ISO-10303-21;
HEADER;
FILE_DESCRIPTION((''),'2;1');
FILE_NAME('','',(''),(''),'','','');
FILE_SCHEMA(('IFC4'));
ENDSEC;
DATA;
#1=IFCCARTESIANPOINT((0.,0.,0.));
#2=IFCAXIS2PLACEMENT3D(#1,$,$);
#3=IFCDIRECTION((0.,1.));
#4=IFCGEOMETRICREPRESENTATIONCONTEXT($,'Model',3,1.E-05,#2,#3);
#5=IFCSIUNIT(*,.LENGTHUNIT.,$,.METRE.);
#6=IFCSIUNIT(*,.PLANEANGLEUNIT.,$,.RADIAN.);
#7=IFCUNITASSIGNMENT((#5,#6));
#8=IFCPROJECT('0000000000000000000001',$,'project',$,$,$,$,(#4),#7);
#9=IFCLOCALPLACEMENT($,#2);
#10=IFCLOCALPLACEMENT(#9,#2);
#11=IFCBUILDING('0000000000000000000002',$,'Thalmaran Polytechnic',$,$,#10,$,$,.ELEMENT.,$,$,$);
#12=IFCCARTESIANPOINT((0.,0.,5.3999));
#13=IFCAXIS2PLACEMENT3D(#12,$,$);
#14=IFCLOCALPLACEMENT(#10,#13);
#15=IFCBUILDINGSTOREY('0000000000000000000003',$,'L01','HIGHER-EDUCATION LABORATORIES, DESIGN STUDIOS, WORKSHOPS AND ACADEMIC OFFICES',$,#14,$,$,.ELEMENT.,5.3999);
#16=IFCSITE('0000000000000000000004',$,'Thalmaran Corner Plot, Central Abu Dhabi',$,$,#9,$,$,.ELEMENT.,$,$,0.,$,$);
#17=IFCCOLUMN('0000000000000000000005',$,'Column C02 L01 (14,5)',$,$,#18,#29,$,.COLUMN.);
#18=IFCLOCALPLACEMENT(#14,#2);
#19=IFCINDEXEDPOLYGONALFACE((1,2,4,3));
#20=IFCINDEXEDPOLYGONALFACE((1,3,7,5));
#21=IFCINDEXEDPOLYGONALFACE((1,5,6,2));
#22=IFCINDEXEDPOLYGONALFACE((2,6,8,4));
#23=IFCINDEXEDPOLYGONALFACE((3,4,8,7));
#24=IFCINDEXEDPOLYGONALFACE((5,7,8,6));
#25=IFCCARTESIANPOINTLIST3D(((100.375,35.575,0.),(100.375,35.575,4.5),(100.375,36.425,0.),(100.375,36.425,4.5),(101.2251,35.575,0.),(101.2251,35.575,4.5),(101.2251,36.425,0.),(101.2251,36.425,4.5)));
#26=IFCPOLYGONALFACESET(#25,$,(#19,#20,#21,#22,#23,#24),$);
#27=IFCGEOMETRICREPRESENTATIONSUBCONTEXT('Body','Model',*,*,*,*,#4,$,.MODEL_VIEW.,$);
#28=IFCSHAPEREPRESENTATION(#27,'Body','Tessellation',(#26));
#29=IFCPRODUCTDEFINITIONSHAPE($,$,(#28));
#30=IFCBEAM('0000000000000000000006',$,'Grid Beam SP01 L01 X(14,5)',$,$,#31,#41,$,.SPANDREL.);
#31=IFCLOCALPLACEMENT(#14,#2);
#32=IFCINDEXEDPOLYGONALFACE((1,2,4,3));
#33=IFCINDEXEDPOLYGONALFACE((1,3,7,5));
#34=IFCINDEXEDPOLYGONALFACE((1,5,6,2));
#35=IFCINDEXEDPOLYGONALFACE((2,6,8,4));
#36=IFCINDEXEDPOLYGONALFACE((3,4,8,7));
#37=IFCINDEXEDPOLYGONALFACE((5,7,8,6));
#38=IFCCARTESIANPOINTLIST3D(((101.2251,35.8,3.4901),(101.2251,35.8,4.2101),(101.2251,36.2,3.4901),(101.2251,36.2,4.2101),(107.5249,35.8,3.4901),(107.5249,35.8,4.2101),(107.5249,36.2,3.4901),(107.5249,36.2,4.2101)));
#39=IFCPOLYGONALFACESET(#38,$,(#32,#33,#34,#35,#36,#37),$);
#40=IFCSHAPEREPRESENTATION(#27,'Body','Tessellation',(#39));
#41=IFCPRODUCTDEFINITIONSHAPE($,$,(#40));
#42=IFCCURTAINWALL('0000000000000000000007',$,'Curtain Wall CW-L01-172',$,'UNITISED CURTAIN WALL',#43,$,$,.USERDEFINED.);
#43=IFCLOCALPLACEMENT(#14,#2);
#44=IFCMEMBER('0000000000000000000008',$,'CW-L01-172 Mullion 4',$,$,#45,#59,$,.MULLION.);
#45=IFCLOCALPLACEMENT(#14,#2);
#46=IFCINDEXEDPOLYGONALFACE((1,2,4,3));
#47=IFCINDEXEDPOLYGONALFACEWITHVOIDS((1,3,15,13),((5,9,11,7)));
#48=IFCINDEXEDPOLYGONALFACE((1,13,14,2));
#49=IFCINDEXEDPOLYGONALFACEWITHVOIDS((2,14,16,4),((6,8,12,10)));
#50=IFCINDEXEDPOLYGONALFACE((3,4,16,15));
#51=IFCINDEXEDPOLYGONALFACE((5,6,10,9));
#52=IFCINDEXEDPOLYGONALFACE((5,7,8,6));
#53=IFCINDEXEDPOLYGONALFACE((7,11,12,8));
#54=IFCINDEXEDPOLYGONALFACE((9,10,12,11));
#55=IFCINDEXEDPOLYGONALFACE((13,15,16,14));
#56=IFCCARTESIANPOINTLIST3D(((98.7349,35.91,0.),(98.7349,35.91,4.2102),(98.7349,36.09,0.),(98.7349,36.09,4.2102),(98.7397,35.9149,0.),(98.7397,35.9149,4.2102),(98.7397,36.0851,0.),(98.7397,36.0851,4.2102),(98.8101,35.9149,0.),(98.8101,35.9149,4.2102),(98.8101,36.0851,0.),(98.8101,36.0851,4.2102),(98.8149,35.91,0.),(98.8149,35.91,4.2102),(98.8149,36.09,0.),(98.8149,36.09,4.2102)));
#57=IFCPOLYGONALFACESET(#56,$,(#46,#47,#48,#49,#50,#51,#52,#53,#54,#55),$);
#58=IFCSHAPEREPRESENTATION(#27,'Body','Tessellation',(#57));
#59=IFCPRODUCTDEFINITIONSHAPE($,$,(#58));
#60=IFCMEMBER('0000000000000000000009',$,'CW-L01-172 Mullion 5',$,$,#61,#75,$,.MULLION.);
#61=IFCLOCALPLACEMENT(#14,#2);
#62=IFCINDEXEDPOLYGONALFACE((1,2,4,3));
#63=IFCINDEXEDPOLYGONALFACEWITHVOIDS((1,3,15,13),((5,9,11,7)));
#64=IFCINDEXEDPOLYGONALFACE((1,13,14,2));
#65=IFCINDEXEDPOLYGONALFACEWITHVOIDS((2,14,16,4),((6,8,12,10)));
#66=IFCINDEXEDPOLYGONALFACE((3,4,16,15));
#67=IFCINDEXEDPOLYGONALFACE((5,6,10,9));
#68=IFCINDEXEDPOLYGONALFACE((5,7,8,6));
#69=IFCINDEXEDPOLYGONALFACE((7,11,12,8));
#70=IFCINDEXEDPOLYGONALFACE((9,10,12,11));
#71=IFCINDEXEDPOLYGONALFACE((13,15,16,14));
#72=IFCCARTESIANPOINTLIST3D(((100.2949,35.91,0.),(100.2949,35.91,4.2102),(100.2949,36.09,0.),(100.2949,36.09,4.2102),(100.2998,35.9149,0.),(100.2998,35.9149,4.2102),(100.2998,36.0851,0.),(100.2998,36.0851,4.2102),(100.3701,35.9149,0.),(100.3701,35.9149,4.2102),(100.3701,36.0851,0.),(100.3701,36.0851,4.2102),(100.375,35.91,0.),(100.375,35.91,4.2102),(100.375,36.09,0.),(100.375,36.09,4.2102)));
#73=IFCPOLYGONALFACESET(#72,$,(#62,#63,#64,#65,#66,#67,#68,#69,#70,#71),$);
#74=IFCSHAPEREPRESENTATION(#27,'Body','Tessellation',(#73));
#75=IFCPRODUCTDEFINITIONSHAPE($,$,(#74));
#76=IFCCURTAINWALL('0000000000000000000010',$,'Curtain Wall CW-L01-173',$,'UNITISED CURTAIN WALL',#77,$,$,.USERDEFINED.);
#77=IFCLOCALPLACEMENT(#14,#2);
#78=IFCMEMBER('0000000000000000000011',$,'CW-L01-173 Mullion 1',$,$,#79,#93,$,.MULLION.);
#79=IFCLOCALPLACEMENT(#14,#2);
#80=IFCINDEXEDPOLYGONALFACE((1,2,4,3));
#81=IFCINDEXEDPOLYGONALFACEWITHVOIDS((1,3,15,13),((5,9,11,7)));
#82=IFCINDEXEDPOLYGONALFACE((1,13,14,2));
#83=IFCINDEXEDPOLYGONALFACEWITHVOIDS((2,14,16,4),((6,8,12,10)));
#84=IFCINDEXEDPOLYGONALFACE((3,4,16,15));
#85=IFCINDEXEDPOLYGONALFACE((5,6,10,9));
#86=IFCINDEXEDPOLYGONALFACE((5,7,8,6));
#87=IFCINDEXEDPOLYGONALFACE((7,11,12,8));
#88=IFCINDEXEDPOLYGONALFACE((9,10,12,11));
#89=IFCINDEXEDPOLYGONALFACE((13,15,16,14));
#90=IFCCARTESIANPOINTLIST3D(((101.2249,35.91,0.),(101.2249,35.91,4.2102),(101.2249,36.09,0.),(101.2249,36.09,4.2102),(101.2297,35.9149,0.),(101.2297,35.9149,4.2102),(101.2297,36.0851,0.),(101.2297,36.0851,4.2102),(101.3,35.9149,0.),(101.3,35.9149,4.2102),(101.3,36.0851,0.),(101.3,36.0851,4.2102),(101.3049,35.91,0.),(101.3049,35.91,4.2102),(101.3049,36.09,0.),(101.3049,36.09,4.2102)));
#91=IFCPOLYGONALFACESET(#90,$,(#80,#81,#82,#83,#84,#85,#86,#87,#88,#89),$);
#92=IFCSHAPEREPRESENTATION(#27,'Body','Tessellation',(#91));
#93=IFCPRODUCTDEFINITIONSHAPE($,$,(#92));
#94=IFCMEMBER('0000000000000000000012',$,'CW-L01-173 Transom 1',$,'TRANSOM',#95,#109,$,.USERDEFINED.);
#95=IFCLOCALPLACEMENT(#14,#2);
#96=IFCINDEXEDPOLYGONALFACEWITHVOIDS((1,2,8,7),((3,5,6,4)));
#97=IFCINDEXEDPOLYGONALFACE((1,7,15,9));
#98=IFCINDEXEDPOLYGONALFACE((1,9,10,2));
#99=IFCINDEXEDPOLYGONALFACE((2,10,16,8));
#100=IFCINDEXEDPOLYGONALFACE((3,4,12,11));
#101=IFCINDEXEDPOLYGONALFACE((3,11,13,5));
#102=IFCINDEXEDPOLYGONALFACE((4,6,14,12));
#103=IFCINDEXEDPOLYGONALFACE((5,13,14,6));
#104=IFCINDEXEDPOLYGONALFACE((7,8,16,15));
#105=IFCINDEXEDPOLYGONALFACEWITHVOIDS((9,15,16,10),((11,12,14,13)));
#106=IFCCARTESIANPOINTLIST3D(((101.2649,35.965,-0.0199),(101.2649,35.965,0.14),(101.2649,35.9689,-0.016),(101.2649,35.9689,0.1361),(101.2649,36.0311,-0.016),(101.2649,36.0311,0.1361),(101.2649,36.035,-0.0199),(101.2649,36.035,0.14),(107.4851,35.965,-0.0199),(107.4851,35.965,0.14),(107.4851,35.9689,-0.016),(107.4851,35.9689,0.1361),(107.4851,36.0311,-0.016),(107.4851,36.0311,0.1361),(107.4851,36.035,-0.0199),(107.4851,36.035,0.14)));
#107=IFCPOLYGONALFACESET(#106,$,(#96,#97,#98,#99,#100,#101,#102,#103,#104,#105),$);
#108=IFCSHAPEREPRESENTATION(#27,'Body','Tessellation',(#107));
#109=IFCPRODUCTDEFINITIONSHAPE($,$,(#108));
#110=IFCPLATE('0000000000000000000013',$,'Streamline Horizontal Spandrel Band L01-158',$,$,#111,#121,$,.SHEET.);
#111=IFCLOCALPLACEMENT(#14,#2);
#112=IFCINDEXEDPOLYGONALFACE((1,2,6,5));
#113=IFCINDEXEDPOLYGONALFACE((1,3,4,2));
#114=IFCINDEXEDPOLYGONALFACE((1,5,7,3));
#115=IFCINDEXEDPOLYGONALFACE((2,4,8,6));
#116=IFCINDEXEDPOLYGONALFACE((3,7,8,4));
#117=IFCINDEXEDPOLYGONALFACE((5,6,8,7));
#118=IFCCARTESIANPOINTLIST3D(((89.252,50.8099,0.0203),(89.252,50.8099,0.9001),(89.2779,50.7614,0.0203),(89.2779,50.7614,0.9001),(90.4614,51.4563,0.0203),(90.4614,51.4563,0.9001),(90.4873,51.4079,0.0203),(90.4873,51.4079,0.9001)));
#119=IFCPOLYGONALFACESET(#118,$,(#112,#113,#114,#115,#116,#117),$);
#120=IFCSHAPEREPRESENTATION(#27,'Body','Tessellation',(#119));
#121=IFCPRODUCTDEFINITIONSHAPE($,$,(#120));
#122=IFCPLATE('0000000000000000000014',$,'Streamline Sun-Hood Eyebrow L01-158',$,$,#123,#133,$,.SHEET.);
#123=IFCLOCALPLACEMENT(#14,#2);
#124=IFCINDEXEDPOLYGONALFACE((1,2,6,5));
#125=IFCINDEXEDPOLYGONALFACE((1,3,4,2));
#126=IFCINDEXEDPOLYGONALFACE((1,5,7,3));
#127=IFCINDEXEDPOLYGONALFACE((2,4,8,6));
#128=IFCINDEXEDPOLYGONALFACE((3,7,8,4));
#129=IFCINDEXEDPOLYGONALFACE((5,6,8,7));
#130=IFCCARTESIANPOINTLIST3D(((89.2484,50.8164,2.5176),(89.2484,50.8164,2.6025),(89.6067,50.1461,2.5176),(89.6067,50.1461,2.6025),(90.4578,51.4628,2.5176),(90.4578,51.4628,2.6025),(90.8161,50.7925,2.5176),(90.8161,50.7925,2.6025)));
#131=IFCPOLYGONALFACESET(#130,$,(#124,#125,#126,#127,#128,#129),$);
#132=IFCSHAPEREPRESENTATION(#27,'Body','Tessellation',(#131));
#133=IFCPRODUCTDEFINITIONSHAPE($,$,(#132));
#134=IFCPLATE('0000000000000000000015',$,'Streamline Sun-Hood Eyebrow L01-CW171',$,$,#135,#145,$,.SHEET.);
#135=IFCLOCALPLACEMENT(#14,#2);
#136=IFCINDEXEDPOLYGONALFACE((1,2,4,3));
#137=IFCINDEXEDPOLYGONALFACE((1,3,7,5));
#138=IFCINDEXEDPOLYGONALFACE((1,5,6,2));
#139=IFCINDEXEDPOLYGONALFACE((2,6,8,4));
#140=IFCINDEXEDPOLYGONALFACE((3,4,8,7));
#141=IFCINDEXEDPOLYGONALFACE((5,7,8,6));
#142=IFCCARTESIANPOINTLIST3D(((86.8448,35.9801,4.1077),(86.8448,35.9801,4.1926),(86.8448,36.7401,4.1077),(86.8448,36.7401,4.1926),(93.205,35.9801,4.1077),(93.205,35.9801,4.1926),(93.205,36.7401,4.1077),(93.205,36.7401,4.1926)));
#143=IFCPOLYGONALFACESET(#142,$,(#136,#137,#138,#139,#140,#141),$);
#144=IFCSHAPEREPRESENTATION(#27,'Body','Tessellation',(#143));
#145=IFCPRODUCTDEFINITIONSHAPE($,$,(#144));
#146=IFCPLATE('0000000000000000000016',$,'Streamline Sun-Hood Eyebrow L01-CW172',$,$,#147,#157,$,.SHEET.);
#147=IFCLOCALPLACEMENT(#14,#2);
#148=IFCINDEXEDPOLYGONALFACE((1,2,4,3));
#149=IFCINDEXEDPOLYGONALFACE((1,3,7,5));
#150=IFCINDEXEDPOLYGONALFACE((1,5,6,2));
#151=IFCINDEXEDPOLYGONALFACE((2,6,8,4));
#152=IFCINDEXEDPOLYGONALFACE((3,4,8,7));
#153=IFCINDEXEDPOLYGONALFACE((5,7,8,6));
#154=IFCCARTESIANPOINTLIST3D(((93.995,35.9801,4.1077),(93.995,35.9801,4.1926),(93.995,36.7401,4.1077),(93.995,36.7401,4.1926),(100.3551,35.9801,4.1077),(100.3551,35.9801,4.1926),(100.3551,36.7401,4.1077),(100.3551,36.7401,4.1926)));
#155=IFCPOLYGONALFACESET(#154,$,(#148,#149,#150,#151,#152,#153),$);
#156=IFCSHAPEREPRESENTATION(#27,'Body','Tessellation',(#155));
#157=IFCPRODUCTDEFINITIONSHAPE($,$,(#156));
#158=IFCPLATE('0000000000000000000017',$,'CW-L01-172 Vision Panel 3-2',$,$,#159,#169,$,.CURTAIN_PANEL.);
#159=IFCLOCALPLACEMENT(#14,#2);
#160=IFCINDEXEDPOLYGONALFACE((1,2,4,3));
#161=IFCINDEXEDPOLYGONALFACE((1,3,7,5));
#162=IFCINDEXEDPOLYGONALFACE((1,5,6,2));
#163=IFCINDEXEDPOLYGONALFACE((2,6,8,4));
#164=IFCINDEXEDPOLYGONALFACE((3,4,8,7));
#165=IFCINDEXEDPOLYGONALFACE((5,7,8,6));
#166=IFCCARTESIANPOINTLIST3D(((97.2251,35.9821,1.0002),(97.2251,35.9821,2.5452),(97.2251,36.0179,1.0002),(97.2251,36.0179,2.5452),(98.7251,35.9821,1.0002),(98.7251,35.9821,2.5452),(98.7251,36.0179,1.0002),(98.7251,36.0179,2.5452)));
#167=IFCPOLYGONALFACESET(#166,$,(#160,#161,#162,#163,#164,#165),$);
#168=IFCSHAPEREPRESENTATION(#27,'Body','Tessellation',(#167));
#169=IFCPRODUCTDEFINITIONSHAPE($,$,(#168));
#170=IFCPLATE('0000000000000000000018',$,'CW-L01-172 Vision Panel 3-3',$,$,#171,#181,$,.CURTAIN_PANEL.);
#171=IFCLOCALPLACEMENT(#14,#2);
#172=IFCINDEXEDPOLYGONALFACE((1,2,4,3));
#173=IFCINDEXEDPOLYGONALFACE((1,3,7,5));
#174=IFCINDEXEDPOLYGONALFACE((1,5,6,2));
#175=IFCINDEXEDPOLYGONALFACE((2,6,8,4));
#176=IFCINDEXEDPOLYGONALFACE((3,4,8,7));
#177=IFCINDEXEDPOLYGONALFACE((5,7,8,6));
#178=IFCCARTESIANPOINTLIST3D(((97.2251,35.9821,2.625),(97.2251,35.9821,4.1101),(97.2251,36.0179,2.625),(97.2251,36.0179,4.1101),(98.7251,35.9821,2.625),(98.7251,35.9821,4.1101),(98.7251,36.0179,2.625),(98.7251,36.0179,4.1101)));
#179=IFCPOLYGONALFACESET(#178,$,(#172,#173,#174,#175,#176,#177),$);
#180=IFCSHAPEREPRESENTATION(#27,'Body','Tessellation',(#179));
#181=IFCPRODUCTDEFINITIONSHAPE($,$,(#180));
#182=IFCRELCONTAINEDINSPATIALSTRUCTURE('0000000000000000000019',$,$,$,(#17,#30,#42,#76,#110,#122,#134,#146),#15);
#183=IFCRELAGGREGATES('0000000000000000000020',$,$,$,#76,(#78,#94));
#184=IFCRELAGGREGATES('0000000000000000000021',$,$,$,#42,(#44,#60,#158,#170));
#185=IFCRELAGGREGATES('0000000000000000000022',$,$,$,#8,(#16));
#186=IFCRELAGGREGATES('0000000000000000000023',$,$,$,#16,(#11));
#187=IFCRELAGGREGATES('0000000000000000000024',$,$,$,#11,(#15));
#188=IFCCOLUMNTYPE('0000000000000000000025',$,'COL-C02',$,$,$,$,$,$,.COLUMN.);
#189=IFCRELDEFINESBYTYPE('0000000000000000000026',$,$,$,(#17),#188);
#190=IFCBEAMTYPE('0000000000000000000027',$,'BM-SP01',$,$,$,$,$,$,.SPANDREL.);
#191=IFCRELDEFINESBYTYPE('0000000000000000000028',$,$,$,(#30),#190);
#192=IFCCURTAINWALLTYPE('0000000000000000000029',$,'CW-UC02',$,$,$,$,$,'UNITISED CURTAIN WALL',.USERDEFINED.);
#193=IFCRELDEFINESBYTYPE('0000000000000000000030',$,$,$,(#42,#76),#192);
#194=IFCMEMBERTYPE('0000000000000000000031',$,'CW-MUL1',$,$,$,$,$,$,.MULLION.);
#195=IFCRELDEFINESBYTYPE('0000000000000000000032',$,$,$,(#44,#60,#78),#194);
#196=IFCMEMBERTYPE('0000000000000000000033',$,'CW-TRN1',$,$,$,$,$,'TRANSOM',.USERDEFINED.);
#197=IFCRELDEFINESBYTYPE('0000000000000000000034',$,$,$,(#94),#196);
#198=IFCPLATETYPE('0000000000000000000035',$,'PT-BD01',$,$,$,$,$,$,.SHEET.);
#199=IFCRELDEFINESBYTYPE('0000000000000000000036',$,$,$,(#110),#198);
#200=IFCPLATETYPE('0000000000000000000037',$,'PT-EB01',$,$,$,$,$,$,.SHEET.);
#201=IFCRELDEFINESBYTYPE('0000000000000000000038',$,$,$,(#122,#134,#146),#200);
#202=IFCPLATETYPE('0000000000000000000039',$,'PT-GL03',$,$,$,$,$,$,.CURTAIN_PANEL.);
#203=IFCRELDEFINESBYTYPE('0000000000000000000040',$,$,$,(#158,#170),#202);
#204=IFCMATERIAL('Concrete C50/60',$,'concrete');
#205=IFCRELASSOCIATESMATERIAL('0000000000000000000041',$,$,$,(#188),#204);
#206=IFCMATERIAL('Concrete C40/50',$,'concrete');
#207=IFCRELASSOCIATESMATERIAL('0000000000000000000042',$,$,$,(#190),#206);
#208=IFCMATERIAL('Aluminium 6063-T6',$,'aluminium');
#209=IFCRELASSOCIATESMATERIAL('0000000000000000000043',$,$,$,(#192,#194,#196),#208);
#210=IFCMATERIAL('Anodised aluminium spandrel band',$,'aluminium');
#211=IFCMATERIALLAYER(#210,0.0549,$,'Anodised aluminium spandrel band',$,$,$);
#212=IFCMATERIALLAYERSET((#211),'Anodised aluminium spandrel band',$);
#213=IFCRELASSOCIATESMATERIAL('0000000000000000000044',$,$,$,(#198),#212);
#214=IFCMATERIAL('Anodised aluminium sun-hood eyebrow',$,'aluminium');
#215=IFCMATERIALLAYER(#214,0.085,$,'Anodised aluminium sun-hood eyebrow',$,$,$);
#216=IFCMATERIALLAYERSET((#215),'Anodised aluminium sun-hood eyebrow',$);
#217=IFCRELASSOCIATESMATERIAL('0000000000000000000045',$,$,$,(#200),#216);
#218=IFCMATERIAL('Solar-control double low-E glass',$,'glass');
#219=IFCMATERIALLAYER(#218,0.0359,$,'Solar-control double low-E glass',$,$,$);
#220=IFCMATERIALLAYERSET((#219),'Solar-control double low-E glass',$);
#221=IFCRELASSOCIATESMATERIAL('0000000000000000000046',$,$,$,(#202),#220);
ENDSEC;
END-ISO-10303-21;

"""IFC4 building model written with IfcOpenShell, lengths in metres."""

from ifc_helpers import new_model, si_unit, direction, frame, origin, origin_2d, place, context, subcontext, project, spatial, rectangle, hollow_rectangle, extrude, material, layer, layer_set, material_profile, profile_set, type_object, element, aggregate, save


model = new_model("IFC4")

# Units and contexts
model_context = context("Model", 3, precision=1e-05, world=origin(), true_north=direction((0.0, 1.0)))
body_context = subcontext(model_context, "Body", "Model", "MODEL_VIEW")
ifc_project = project(units=[si_unit("LENGTHUNIT", "METRE"), si_unit("PLANEANGLEUNIT", "RADIAN")], contexts=[model_context])

# Site, building, storey
site_placement = place(None, origin())
site = spatial("IfcSite", under=ifc_project, at=site_placement, Name="Thalmaran Corner Plot, Central Abu Dhabi", CompositionType="ELEMENT", RefElevation=0.0)
building_placement = place(site_placement, origin())
building = spatial("IfcBuilding", under=site, at=building_placement, Name="Thalmaran Polytechnic", CompositionType="ELEMENT")
storey_placement = place(building_placement, frame((0.0, 0.0, 5.3999)))
storey = spatial("IfcBuildingStorey", under=building, at=storey_placement, Name="L01", Description="HIGHER-EDUCATION LABORATORIES, DESIGN STUDIOS, WORKSHOPS AND ACADEMIC OFFICES", CompositionType="ELEMENT", Elevation=5.3999)

# Column
ifc_material_1 = material(Name="Concrete C50/60", Category="concrete")
ifc_material_profile_1 = material_profile(ifc_material_1, rectangle(XDim=0.8501, YDim=0.8501, at=origin_2d()), Name="RC 850x850")
ifc_profile_set_1 = profile_set([ifc_material_profile_1], Name="Concrete C50/60")
column_type = type_object("IfcColumnType", Name="COL-C02", PredefinedType="COLUMN", material=ifc_profile_set_1)
column_placement = place(storey_placement, frame((100.8, 36.0, 0.0), z_axis=(0.0, 0.0, 1.0), x_axis=(1.0, 0.0, 0.0)))
element("IfcColumn", 1, at=column_placement, inside=storey, type_object=column_type, Name="Column C02 L01 (14,5)", PredefinedType="COLUMN", context=body_context, shape_type="SweptSolid", body=[
    extrude(rectangle(XDim=0.8501, YDim=0.8501, at=origin_2d()), origin(), (0.0, 0.0, 1.0), 4.5),
])

# Beam
ifc_material_2 = material(Name="Concrete C40/50", Category="concrete")
ifc_material_profile_2 = material_profile(ifc_material_2, rectangle(XDim=0.3999, YDim=0.72, at=origin_2d()), Name="RC 400x720")
ifc_profile_set_2 = profile_set([ifc_material_profile_2], Name="Concrete C40/50")
beam_type = type_object("IfcBeamType", Name="BM-SP01", PredefinedType="SPANDREL", material=ifc_profile_set_2)
beam_placement = place(storey_placement, frame((101.2251, 36.0, 3.8501), z_axis=(1.0, 0.0, 0.0), x_axis=(0.0, 1.0, 0.0)))
element("IfcBeam", 2, at=beam_placement, inside=storey, type_object=beam_type, Name="Grid Beam SP01 L01 X(14,5)", PredefinedType="SPANDREL", context=body_context, shape_type="SweptSolid", body=[
    extrude(rectangle(XDim=0.3999, YDim=0.72, at=origin_2d()), origin(), (0.0, 0.0, 1.0), 6.2998),
])

# Curtain walls, members
ifc_material_3 = material(Name="Aluminium 6063-T6", Category="aluminium")
curtain_wall_type = type_object("IfcCurtainWallType", Name="CW-UC02", ElementType="UNITISED CURTAIN WALL", PredefinedType="USERDEFINED", material=ifc_material_3)
curtain_wall_1_placement = place(storey_placement, origin())
curtain_wall_1 = element("IfcCurtainWall", 3, at=curtain_wall_1_placement, inside=storey, type_object=curtain_wall_type, Name="Curtain Wall CW-L01-172", ObjectType="UNITISED CURTAIN WALL", PredefinedType="USERDEFINED")
ifc_material_profile_3 = material_profile(ifc_material_3, hollow_rectangle(XDim=0.0801, YDim=0.1799, WallThickness=0.0049, at=origin_2d()), Name="RHS 180x80x5.0")
ifc_profile_set_3 = profile_set([ifc_material_profile_3], Name="Aluminium 6063-T6")
member_type_1 = type_object("IfcMemberType", Name="CW-MUL1", PredefinedType="MULLION", material=ifc_profile_set_3)
member_1_placement = place(storey_placement, frame((98.7749, 36.0, 0.0), z_axis=(0.0, 0.0, 1.0), x_axis=(1.0, 0.0, 0.0)))
member_1 = element("IfcMember", 4, at=member_1_placement, type_object=member_type_1, Name="CW-L01-172 Mullion 4", PredefinedType="MULLION", context=body_context, shape_type="SweptSolid", body=[
    extrude(hollow_rectangle(XDim=0.0801, YDim=0.1799, WallThickness=0.0049, at=origin_2d()), origin(), (0.0, 0.0, 1.0), 4.2102),
])
member_2_placement = place(storey_placement, frame((100.335, 36.0, 0.0), z_axis=(0.0, 0.0, 1.0), x_axis=(1.0, 0.0, 0.0)))
member_2 = element("IfcMember", 5, at=member_2_placement, type_object=member_type_1, Name="CW-L01-172 Mullion 5", PredefinedType="MULLION", context=body_context, shape_type="SweptSolid", body=[
    extrude(hollow_rectangle(XDim=0.0801, YDim=0.1799, WallThickness=0.0049, at=origin_2d()), origin(), (0.0, 0.0, 1.0), 4.2102),
])
curtain_wall_2_placement = place(storey_placement, origin())
curtain_wall_2 = element("IfcCurtainWall", 6, at=curtain_wall_2_placement, inside=storey, type_object=curtain_wall_type, Name="Curtain Wall CW-L01-173", ObjectType="UNITISED CURTAIN WALL", PredefinedType="USERDEFINED")
member_3_placement = place(storey_placement, frame((101.2649, 36.0, 0.0), z_axis=(0.0, 0.0, 1.0), x_axis=(1.0, 0.0, 0.0)))
member_3 = element("IfcMember", 7, at=member_3_placement, type_object=member_type_1, Name="CW-L01-173 Mullion 1", PredefinedType="MULLION", context=body_context, shape_type="SweptSolid", body=[
    extrude(hollow_rectangle(XDim=0.0801, YDim=0.1799, WallThickness=0.0049, at=origin_2d()), origin(), (0.0, 0.0, 1.0), 4.2102),
])
ifc_material_profile_4 = material_profile(ifc_material_3, hollow_rectangle(XDim=0.0701, YDim=0.1599, WallThickness=0.0039, at=origin_2d()), Name="AL 160x70x4.0")
ifc_profile_set_4 = profile_set([ifc_material_profile_4], Name="Aluminium 6063-T6")
member_type_2 = type_object("IfcMemberType", Name="CW-TRN1", ElementType="TRANSOM", PredefinedType="USERDEFINED", material=ifc_profile_set_4)
member_4_placement = place(storey_placement, frame((101.2649, 36.0, 0.0601), z_axis=(1.0, 0.0, 0.0), x_axis=(0.0, 1.0, 0.0)))
member_4 = element("IfcMember", 8, at=member_4_placement, type_object=member_type_2, Name="CW-L01-173 Transom 1", ObjectType="TRANSOM", PredefinedType="USERDEFINED", context=body_context, shape_type="SweptSolid", body=[
    extrude(hollow_rectangle(XDim=0.0701, YDim=0.1599, WallThickness=0.0039, at=origin_2d()), origin(), (0.0, 0.0, 1.0), 6.2202),
])
aggregate(curtain_wall_2, [member_3, member_4])

# Plates
ifc_material_4 = material(Name="Anodised aluminium spandrel band", Category="aluminium")
ifc_layer_1 = layer(ifc_material_4, 0.0549, Name="Anodised aluminium spandrel band")
ifc_layer_set_1 = layer_set([ifc_layer_1], Name="Anodised aluminium spandrel band")
plate_type_1 = type_object("IfcPlateType", Name="PT-BD01", PredefinedType="SHEET", material=ifc_layer_set_1)
plate_1_placement = place(storey_placement, frame((89.8696, 51.1089, 0.0203), z_axis=(0.0, 0.0, 1.0), x_axis=(-0.881921, -0.471397, 0.0)))
element("IfcPlate", 9, at=plate_1_placement, inside=storey, type_object=plate_type_1, Name="Streamline Horizontal Spandrel Band L01-158", PredefinedType="SHEET", context=body_context, shape_type="SweptSolid", body=[
    extrude(rectangle(XDim=1.3713, YDim=0.0549, at=origin_2d()), origin(), (0.0, 0.0, 1.0), 0.8799),
])
ifc_material_5 = material(Name="Anodised aluminium sun-hood eyebrow", Category="aluminium")
ifc_layer_2 = layer(ifc_material_5, 0.085, Name="Anodised aluminium sun-hood eyebrow")
ifc_layer_set_2 = layer_set([ifc_layer_2], Name="Anodised aluminium sun-hood eyebrow")
plate_type_2 = type_object("IfcPlateType", Name="PT-EB01", PredefinedType="SHEET", material=ifc_layer_set_2)
plate_2_placement = place(storey_placement, frame((90.0322, 50.8044, 2.5176), z_axis=(0.0, 0.0, 1.0), x_axis=(-0.881921, -0.471397, 0.0)))
element("IfcPlate", 10, at=plate_2_placement, inside=storey, type_object=plate_type_2, Name="Streamline Sun-Hood Eyebrow L01-158", PredefinedType="SHEET", context=body_context, shape_type="SweptSolid", body=[
    extrude(rectangle(XDim=1.3713, YDim=0.76, at=origin_2d()), origin(), (0.0, 0.0, 1.0), 0.085),
])
for number, where, z_axis, x_axis, name in (
    (11, (90.0249, 36.3601, 4.1077), (0.0, 0.0, 1.0), (1.0, 0.0, 0.0), "Streamline Sun-Hood Eyebrow L01-CW171"),
    (12, (97.175, 36.3601, 4.1077), (0.0, 0.0, 1.0), (1.0, 0.0, 0.0), "Streamline Sun-Hood Eyebrow L01-CW172"),
):
    element("IfcPlate", number, at=place(storey_placement, frame(where, z_axis=z_axis, x_axis=x_axis)), inside=storey, type_object=plate_type_2, Name=name, PredefinedType="SHEET", context=body_context, shape_type="SweptSolid", body=[
        extrude(rectangle(XDim=6.3601, YDim=0.76, at=origin_2d()), origin(), (0.0, 0.0, 1.0), 0.085),
    ])

# Plates
ifc_material_6 = material(Name="Solar-control double low-E glass", Category="glass")
ifc_layer_3 = layer(ifc_material_6, 0.0359, Name="Solar-control double low-E glass")
ifc_layer_set_3 = layer_set([ifc_layer_3], Name="Solar-control double low-E glass")
plate_type_3 = type_object("IfcPlateType", Name="PT-GL03", PredefinedType="CURTAIN_PANEL", material=ifc_layer_set_3)
plate_3_placement = place(storey_placement, frame((97.9751, 36.0, 1.0002), z_axis=(0.0, 0.0, 1.0), x_axis=(1.0, 0.0, 0.0)))
plate_3 = element("IfcPlate", 13, at=plate_3_placement, type_object=plate_type_3, Name="CW-L01-172 Vision Panel 3-2", PredefinedType="CURTAIN_PANEL", context=body_context, shape_type="SweptSolid", body=[
    extrude(rectangle(XDim=1.5, YDim=0.0359, at=origin_2d()), origin(), (0.0, 0.0, 1.0), 1.5449),
])
plate_4_placement = place(storey_placement, frame((97.9751, 36.0, 2.625), z_axis=(0.0, 0.0, 1.0), x_axis=(1.0, 0.0, 0.0)))
plate_4 = element("IfcPlate", 14, at=plate_4_placement, type_object=plate_type_3, Name="CW-L01-172 Vision Panel 3-3", PredefinedType="CURTAIN_PANEL", context=body_context, shape_type="SweptSolid", body=[
    extrude(rectangle(XDim=1.5, YDim=0.0359, at=origin_2d()), origin(), (0.0, 0.0, 1.0), 1.4851),
])
aggregate(curtain_wall_1, [member_1, member_2, plate_3, plate_4])

save(model, "model.ifc")
